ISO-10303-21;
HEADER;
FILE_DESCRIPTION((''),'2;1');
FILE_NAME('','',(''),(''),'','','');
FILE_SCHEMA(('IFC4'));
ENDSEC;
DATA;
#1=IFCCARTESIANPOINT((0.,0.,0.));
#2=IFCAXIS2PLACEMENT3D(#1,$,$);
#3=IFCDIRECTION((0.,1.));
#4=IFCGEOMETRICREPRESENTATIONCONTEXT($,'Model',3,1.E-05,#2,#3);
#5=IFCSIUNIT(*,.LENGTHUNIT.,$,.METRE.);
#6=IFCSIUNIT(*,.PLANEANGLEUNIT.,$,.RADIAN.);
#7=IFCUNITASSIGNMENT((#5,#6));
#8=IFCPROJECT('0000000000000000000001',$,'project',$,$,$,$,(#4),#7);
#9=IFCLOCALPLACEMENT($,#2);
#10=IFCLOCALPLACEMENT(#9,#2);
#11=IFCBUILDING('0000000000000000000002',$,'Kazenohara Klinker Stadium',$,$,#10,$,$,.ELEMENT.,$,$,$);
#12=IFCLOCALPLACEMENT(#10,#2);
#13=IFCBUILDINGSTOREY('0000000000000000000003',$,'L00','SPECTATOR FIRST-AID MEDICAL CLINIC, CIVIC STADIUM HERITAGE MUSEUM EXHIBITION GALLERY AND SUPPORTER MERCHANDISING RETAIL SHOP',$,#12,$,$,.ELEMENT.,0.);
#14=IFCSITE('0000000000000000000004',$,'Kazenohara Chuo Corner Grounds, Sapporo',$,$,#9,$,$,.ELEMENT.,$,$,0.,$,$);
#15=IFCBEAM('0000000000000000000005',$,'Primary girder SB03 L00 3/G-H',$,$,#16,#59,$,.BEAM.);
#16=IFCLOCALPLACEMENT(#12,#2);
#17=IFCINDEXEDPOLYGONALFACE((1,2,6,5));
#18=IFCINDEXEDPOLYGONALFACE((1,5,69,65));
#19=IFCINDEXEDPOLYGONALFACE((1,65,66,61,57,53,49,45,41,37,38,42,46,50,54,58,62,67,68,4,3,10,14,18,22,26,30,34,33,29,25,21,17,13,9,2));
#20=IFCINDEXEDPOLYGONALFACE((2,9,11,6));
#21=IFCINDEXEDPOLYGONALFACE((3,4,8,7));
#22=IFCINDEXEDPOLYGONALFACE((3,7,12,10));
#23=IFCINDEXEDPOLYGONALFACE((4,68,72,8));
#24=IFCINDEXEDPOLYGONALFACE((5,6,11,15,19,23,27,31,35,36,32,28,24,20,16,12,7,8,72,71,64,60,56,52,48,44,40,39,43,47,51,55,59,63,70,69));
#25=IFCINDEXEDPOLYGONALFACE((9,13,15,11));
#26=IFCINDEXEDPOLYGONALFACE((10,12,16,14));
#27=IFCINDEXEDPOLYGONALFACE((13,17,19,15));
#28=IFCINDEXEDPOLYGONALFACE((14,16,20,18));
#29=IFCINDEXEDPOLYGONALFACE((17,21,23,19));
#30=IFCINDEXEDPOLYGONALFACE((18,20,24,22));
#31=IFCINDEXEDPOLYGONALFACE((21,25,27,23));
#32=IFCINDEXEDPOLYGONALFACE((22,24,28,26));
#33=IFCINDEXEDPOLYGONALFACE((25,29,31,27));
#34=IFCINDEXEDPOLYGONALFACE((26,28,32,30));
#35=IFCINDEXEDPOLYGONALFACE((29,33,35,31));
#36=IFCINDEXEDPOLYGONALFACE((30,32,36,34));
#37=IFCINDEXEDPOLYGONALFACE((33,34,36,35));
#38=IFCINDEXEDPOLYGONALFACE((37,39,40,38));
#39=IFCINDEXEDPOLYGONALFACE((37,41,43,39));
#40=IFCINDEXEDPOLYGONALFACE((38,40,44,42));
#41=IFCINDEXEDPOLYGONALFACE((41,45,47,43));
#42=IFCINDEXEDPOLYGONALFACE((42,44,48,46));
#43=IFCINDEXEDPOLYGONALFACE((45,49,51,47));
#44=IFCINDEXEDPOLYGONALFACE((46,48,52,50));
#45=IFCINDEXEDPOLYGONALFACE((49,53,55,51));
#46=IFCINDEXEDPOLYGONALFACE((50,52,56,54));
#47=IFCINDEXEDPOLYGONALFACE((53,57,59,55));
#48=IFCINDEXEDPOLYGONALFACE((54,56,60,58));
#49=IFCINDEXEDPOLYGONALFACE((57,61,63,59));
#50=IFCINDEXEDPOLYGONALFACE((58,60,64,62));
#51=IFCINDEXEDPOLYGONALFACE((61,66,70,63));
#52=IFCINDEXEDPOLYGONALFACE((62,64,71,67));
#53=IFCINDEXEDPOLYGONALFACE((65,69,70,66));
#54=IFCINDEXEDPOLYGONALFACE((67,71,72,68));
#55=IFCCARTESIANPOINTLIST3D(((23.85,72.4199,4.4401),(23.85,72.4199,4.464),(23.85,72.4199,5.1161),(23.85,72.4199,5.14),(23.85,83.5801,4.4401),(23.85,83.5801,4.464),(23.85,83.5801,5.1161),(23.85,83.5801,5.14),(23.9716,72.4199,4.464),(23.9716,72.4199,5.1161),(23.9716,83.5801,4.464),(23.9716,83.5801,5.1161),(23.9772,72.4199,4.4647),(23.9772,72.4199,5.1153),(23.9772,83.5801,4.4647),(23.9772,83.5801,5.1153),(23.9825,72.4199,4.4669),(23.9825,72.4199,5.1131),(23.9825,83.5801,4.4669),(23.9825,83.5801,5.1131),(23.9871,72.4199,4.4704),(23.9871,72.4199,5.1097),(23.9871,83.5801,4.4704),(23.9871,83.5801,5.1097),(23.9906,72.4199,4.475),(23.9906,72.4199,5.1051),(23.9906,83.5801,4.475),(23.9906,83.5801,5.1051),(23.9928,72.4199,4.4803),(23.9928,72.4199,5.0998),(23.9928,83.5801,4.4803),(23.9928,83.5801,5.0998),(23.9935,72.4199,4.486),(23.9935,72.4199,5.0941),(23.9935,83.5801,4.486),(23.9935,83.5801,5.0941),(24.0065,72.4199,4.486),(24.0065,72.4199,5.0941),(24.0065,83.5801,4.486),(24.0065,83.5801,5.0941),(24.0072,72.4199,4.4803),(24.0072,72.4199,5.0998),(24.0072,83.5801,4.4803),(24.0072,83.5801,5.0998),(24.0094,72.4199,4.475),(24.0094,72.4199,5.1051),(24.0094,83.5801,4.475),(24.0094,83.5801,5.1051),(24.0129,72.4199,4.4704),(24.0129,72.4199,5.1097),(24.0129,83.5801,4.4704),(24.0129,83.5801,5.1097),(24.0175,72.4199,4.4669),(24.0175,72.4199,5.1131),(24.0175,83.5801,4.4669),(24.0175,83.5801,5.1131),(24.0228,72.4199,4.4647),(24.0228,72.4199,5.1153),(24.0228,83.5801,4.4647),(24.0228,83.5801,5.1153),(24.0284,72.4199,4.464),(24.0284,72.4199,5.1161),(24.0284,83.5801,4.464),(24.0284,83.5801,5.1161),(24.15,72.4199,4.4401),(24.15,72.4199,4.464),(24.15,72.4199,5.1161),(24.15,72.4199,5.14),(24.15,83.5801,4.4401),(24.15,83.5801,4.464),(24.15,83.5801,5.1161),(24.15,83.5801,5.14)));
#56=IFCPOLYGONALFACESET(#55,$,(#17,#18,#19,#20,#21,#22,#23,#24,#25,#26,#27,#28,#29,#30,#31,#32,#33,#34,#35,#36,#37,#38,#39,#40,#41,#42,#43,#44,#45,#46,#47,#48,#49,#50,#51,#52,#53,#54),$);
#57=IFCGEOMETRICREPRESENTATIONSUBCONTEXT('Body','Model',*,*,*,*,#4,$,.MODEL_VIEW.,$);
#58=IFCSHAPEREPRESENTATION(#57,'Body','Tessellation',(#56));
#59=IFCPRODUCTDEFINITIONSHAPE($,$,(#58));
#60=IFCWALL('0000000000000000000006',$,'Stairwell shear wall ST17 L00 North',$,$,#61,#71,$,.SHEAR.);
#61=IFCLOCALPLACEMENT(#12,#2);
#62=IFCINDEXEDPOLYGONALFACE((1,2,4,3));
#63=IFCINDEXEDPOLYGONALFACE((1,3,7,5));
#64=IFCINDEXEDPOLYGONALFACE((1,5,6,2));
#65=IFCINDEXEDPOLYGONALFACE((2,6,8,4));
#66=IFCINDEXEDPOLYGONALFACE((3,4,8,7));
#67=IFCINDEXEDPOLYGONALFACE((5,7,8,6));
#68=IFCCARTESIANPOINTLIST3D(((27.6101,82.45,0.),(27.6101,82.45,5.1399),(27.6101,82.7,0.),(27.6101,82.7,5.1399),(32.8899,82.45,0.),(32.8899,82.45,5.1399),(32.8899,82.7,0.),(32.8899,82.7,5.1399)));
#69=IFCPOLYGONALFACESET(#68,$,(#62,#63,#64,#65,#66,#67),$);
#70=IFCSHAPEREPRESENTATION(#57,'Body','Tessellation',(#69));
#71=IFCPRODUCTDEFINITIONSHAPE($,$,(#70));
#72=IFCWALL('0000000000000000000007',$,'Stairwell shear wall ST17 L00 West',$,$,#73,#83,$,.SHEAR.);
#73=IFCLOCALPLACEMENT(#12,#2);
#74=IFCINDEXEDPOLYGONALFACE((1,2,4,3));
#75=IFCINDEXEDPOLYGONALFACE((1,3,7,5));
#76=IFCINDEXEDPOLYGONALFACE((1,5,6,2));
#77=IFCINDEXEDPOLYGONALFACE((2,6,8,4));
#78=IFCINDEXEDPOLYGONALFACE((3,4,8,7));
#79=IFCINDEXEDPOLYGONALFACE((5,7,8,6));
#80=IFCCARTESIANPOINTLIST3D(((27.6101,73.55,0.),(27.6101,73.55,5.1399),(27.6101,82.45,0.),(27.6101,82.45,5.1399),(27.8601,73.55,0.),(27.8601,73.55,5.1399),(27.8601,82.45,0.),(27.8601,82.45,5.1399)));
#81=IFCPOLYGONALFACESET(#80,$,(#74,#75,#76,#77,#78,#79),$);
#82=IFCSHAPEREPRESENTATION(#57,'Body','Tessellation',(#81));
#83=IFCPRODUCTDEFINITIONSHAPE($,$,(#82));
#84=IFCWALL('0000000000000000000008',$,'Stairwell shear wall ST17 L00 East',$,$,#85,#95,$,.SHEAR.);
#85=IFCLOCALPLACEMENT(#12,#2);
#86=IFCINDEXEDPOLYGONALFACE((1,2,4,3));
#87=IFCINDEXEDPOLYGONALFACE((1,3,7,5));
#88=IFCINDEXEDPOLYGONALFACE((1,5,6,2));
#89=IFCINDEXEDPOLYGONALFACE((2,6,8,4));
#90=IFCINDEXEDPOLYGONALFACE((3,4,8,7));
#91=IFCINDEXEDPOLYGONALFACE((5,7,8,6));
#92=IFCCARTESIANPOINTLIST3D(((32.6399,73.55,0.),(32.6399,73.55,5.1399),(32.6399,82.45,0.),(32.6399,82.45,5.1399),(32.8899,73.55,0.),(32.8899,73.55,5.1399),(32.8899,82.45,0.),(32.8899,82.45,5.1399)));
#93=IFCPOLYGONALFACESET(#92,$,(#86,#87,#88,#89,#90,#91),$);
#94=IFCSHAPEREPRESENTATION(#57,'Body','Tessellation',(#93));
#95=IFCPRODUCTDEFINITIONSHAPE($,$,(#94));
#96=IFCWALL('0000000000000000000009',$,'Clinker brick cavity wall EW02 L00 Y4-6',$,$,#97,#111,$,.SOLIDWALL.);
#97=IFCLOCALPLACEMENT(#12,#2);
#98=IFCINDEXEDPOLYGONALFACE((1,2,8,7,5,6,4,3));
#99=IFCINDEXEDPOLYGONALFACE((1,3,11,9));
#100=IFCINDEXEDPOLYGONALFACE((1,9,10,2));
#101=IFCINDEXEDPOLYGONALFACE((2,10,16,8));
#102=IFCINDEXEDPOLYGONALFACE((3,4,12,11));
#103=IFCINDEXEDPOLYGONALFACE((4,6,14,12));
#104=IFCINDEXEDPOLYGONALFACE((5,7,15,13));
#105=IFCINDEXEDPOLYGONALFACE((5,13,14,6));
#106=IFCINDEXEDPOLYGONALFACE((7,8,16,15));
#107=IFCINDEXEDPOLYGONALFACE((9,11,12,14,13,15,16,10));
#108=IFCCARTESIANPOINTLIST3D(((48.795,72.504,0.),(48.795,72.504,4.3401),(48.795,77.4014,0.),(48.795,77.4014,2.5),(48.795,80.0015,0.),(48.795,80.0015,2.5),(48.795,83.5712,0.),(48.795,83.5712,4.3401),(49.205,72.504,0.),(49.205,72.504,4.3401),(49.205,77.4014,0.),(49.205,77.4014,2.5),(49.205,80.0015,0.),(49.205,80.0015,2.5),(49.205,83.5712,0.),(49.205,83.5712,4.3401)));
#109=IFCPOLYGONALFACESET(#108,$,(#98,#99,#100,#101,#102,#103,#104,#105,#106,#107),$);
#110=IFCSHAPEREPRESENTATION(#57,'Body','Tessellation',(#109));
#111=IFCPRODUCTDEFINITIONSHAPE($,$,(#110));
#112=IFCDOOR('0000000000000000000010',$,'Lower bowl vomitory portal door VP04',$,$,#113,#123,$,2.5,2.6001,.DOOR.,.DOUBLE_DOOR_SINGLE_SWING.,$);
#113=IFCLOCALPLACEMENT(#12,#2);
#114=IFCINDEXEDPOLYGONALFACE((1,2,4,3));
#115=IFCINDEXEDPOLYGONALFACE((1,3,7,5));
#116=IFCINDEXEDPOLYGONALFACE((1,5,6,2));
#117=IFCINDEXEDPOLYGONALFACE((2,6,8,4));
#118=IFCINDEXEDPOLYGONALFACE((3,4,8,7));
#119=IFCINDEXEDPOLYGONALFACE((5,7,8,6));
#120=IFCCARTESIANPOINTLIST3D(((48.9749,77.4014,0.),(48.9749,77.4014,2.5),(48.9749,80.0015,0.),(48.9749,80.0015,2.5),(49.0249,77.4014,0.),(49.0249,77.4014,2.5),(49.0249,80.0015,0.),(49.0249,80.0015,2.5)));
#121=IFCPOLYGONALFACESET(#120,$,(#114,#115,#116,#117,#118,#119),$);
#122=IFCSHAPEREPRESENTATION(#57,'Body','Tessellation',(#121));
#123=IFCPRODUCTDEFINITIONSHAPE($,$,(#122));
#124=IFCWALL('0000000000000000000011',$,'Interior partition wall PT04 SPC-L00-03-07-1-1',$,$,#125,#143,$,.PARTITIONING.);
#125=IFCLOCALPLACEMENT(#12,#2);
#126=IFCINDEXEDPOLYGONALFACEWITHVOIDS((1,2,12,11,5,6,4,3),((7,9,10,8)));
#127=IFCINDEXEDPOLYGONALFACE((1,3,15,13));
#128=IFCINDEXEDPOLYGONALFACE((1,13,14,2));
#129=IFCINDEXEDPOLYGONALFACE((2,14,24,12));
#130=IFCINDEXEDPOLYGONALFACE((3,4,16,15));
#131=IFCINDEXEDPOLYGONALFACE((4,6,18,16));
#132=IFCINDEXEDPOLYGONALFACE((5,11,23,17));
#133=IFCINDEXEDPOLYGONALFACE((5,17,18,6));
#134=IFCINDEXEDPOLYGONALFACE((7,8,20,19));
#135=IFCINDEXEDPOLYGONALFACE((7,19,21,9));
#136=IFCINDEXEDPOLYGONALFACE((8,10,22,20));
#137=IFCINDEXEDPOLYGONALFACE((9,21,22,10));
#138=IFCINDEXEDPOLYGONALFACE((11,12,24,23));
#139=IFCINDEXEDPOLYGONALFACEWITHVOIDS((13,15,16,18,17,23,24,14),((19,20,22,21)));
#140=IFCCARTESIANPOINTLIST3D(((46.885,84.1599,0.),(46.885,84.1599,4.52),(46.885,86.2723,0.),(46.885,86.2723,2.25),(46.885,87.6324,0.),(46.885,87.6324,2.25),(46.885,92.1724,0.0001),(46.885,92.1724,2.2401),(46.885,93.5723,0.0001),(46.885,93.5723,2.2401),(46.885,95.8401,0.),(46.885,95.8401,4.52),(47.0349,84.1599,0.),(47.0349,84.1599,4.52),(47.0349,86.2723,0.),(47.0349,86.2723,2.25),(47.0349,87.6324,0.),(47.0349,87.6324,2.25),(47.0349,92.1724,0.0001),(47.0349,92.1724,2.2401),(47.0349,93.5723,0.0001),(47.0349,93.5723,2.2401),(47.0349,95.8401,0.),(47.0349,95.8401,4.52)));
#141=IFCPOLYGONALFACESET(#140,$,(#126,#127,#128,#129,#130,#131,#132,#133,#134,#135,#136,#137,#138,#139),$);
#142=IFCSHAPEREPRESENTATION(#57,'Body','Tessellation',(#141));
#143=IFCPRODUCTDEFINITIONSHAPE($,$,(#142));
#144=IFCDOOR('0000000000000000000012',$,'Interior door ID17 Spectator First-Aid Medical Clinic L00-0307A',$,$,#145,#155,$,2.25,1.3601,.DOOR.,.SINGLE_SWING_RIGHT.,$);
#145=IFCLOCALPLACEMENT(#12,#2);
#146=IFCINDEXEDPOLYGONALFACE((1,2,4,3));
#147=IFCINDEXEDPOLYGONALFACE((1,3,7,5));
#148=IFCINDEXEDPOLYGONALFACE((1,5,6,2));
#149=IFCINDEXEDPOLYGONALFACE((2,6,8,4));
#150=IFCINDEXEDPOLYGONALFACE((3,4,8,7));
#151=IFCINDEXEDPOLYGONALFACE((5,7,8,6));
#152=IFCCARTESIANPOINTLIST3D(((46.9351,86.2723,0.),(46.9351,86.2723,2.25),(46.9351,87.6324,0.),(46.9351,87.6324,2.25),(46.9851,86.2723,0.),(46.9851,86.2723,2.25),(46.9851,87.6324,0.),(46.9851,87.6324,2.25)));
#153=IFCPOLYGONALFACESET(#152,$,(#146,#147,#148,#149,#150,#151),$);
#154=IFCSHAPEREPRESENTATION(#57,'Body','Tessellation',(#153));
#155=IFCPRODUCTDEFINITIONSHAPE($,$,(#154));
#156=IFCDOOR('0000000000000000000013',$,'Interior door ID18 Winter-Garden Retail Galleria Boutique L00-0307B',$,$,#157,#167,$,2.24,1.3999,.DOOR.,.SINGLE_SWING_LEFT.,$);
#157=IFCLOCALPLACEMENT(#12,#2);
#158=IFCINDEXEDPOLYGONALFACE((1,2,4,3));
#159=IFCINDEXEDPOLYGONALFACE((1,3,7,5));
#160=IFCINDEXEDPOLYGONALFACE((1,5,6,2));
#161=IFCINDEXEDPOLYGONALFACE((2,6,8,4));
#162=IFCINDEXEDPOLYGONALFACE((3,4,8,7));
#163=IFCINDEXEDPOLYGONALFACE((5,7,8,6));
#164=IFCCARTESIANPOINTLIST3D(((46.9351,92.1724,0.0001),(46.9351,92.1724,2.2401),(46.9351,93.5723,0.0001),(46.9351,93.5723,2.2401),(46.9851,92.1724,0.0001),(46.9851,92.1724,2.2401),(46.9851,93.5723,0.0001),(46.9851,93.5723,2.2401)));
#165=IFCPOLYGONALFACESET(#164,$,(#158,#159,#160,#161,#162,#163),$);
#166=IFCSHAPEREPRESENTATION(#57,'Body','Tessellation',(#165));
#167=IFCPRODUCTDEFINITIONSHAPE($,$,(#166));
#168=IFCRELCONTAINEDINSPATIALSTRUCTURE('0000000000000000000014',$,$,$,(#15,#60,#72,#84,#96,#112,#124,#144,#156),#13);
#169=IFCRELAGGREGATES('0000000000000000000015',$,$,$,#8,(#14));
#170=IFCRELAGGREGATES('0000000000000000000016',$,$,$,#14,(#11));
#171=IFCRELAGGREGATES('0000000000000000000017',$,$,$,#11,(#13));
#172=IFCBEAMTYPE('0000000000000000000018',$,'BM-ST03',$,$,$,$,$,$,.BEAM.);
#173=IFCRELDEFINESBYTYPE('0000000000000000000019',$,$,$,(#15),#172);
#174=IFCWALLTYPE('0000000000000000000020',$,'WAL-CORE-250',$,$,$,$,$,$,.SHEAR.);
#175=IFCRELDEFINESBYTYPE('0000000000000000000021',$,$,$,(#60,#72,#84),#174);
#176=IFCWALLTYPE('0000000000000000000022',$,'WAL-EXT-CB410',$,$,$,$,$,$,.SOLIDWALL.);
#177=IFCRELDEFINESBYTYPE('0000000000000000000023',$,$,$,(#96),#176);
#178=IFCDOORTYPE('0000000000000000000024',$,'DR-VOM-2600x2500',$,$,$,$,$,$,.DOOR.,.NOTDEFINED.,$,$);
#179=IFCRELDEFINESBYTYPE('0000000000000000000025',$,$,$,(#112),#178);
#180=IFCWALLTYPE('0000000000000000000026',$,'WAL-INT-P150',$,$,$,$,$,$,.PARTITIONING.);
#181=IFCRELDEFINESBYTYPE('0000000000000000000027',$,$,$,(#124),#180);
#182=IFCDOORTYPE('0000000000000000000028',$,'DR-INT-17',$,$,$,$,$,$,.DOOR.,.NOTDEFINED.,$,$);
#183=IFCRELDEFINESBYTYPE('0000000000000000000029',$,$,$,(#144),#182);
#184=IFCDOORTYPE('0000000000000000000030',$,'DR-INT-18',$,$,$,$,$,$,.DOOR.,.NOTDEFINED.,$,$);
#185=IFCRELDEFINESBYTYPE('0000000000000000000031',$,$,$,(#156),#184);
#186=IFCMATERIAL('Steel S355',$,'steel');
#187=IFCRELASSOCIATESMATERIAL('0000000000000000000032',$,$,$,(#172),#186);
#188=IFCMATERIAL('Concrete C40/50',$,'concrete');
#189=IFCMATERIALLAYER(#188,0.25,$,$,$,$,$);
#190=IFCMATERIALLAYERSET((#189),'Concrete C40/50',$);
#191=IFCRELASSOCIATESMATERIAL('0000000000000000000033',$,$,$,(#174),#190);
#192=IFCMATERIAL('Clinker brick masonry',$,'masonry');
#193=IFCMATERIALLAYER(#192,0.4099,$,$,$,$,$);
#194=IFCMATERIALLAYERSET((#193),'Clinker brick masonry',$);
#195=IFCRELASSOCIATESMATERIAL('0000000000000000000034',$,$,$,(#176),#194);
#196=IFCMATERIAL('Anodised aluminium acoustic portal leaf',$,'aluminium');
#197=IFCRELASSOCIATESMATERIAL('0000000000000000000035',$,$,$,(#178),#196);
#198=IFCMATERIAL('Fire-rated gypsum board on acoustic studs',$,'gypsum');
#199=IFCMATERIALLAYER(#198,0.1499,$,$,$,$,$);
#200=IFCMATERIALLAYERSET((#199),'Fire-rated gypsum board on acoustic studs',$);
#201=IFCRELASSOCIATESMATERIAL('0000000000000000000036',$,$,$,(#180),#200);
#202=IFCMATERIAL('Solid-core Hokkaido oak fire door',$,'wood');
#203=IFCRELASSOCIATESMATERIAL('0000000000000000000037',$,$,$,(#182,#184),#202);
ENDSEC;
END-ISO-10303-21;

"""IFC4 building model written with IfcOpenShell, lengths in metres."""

from ifc_helpers import new_model, si_unit, direction, frame, frame_2d, origin, origin_2d, place, context, subcontext, project, spatial, rectangle, i_section, extrude, material, layer, layer_set, material_profile, profile_set, type_object, element, fill, save


model = new_model("IFC4")

# Units and contexts
model_context = context("Model", 3, precision=1e-05, world=origin(), true_north=direction((0.0, 1.0)))
body_context = subcontext(model_context, "Body", "Model", "MODEL_VIEW")
ifc_project = project(units=[si_unit("LENGTHUNIT", "METRE"), si_unit("PLANEANGLEUNIT", "RADIAN")], contexts=[model_context])

# Site, building, storey
site_placement = place(None, origin())
site = spatial("IfcSite", under=ifc_project, at=site_placement, Name="Kazenohara Chuo Corner Grounds, Sapporo", CompositionType="ELEMENT", RefElevation=0.0)
building_placement = place(site_placement, origin())
building = spatial("IfcBuilding", under=site, at=building_placement, Name="Kazenohara Klinker Stadium", CompositionType="ELEMENT")
storey_placement = place(building_placement, origin())
storey = spatial("IfcBuildingStorey", under=building, at=storey_placement, Name="L00", Description="SPECTATOR FIRST-AID MEDICAL CLINIC, CIVIC STADIUM HERITAGE MUSEUM EXHIBITION GALLERY AND SUPPORTER MERCHANDISING RETAIL SHOP", CompositionType="ELEMENT", Elevation=0.0)

# Shared definitions
ifc_material_1 = material(Name="Concrete C40/50", Category="concrete")

# Beam
ifc_material_2 = material(Name="Steel S355", Category="steel")
ifc_material_profile_1 = material_profile(ifc_material_2, i_section(OverallWidth=0.3, OverallDepth=0.7, WebThickness=0.0129, FlangeThickness=0.0239, FilletRadius=0.022, at=origin_2d()), Name="H-700x300x13x24")
ifc_profile_set_1 = profile_set([ifc_material_profile_1], Name="Steel S355")
beam_type_1 = type_object("IfcBeamType", Name="BM-ST03", PredefinedType="BEAM", material=ifc_profile_set_1)
beam_1_placement = place(storey_placement, frame((24.0, 72.4199, 4.79), z_axis=(0.0, 1.0, 0.0), x_axis=(-1.0, 0.0, 0.0)))
element("IfcBeam", 1, at=beam_1_placement, inside=storey, type_object=beam_type_1, Name="Primary girder SB03 L00 3/G-H", PredefinedType="BEAM", context=body_context, shape_type="SweptSolid", body=[
    extrude(i_section(OverallWidth=0.3, OverallDepth=0.7, WebThickness=0.0129, FlangeThickness=0.0239, FilletRadius=0.022, at=origin_2d()), origin(), (0.0, 0.0, 1.0), 11.1602),
])

# Shared definitions
ifc_layer_1 = layer(ifc_material_1, 0.25)
ifc_layer_set_1 = layer_set([ifc_layer_1], Name="Concrete C40/50")
wall_type_1 = type_object("IfcWallType", Name="WAL-CORE-250", PredefinedType="SHEAR", material=ifc_layer_set_1)

# Walls
wall_1_placement = place(storey_placement, frame((27.6101, 82.575, 0.0), z_axis=(0.0, 0.0, 1.0), x_axis=(1.0, 0.0, 0.0)))
element("IfcWall", 2, at=wall_1_placement, inside=storey, type_object=wall_type_1, Name="Stairwell shear wall ST17 L00 North", PredefinedType="SHEAR", context=body_context, shape_type="SweptSolid", body=[
    extrude(rectangle(XDim=5.2798, YDim=0.25, at=frame_2d((2.6399, 0.0))), origin(), (0.0, 0.0, 1.0), 5.1399),
])
for number, where, z_axis, x_axis, name in (
    (3, (27.7351, 73.55, 0.0), (0.0, 0.0, 1.0), (0.0, 1.0, 0.0), "Stairwell shear wall ST17 L00 West"),
    (4, (32.7649, 73.55, 0.0), (0.0, 0.0, 1.0), (0.0, 1.0, 0.0), "Stairwell shear wall ST17 L00 East"),
):
    element("IfcWall", number, at=place(storey_placement, frame(where, z_axis=z_axis, x_axis=x_axis)), inside=storey, type_object=wall_type_1, Name=name, PredefinedType="SHEAR", context=body_context, shape_type="SweptSolid", body=[
        extrude(rectangle(XDim=8.8999, YDim=0.25, at=frame_2d((4.45, 0.0))), origin(), (0.0, 0.0, 1.0), 5.1399),
    ])

# Wall, opening, door
ifc_material_3 = material(Name="Clinker brick masonry", Category="masonry")
ifc_layer_2 = layer(ifc_material_3, 0.4099)
ifc_layer_set_2 = layer_set([ifc_layer_2], Name="Clinker brick masonry")
wall_type_2 = type_object("IfcWallType", Name="WAL-EXT-CB410", PredefinedType="SOLIDWALL", material=ifc_layer_set_2)
wall_2_placement = place(storey_placement, frame((49.0, 72.5039, 0.0), z_axis=(0.0, 0.0, 1.0), x_axis=(0.0, 1.0, 0.0)))
wall_2 = element("IfcWall", 5, at=wall_2_placement, inside=storey, type_object=wall_type_2, Name="Clinker brick cavity wall EW02 L00 Y4-6", PredefinedType="SOLIDWALL", context=body_context, shape_type="SweptSolid", body=[
    extrude(rectangle(XDim=11.0671, YDim=0.4099, at=frame_2d((5.5337, 0.0))), origin(), (0.0, 0.0, 1.0), 4.3401),
])
opening_1_placement = place(wall_2_placement, frame((7.4976, 0.0, 0.0), z_axis=(0.0, 0.0, 1.0), x_axis=(-1.0, 0.0, 0.0)))
opening_1 = element("IfcOpeningElement", 6, at=opening_1_placement, cuts=wall_2, PredefinedType="OPENING", context=body_context, shape_type="SweptSolid", body=[
    extrude(rectangle(XDim=2.6001, YDim=2.5, at=frame_2d((1.3, 1.25))), frame((0.0, 0.2148, 0.0), z_axis=(0.0, -1.0, 0.0), x_axis=(1.0, 0.0, 0.0)), (0.0, 0.0, 1.0), 0.4299),
])
ifc_material_4 = material(Name="Anodised aluminium acoustic portal leaf", Category="aluminium")
door_type_1 = type_object("IfcDoorType", Name="DR-VOM-2600x2500", OperationType="NOTDEFINED", PredefinedType="DOOR", material=ifc_material_4)
door_1_placement = place(opening_1_placement, origin())
door_1 = element("IfcDoor", 7, at=door_1_placement, inside=storey, type_object=door_type_1, Name="Lower bowl vomitory portal door VP04", OperationType="DOUBLE_DOOR_SINGLE_SWING", OverallHeight=2.5, OverallWidth=2.6001, PredefinedType="DOOR", context=body_context, shape_type="SweptSolid", body=[
    extrude(rectangle(XDim=2.6001, YDim=2.5, at=frame_2d((1.3, 1.25))), frame((0.0, 0.0249, 0.0), z_axis=(0.0, -1.0, 0.0), x_axis=(1.0, 0.0, 0.0)), (0.0, 0.0, 1.0), 0.05),
])
fill(opening_1, door_1)

# Wall, openings, doors
ifc_material_5 = material(Name="Fire-rated gypsum board on acoustic studs", Category="gypsum")
ifc_layer_3 = layer(ifc_material_5, 0.1499)
ifc_layer_set_3 = layer_set([ifc_layer_3], Name="Fire-rated gypsum board on acoustic studs")
wall_type_3 = type_object("IfcWallType", Name="WAL-INT-P150", PredefinedType="PARTITIONING", material=ifc_layer_set_3)
wall_3_placement = place(storey_placement, frame((46.96, 84.1599, 0.0), z_axis=(0.0, 0.0, 1.0), x_axis=(0.0, 1.0, 0.0)))
wall_3 = element("IfcWall", 8, at=wall_3_placement, inside=storey, type_object=wall_type_3, Name="Interior partition wall PT04 SPC-L00-03-07-1-1", PredefinedType="PARTITIONING", context=body_context, shape_type="SweptSolid", body=[
    extrude(rectangle(XDim=11.6802, YDim=0.1499, at=frame_2d((5.8401, 0.0))), origin(), (0.0, 0.0, 1.0), 4.52),
])
opening_2_placement = place(wall_3_placement, frame((2.1123, 0.0, 0.0)))
opening_2 = element("IfcOpeningElement", 9, at=opening_2_placement, cuts=wall_3, PredefinedType="OPENING", context=body_context, shape_type="SweptSolid", body=[
    extrude(rectangle(XDim=1.3601, YDim=2.25, at=frame_2d((0.6802, 1.125))), frame((0.0, 0.085, 0.0), z_axis=(0.0, -1.0, 0.0), x_axis=(1.0, 0.0, 0.0)), (0.0, 0.0, 1.0), 0.1699),
])
opening_3_placement = place(wall_3_placement, frame((8.0125, 0.0, 0.0)))
opening_3 = element("IfcOpeningElement", 10, at=opening_3_placement, cuts=wall_3, PredefinedType="OPENING", context=body_context, shape_type="SweptSolid", body=[
    extrude(rectangle(XDim=1.3999, YDim=2.24, at=frame_2d((0.7, 1.1201))), frame((0.0, 0.085, 0.0), z_axis=(0.0, -1.0, 0.0), x_axis=(1.0, 0.0, 0.0)), (0.0, 0.0, 1.0), 0.1699),
])
ifc_material_6 = material(Name="Solid-core Hokkaido oak fire door", Category="wood")
door_type_2 = type_object("IfcDoorType", Name="DR-INT-17", OperationType="NOTDEFINED", PredefinedType="DOOR", material=ifc_material_6)
door_2_placement = place(opening_2_placement, origin())
door_2 = element("IfcDoor", 11, at=door_2_placement, inside=storey, type_object=door_type_2, Name="Interior door ID17 Spectator First-Aid Medical Clinic L00-0307A", OperationType="SINGLE_SWING_RIGHT", OverallHeight=2.25, OverallWidth=1.3601, PredefinedType="DOOR", context=body_context, shape_type="SweptSolid", body=[
    extrude(rectangle(XDim=1.3601, YDim=2.25, at=frame_2d((0.6802, 1.125))), frame((0.0, 0.0249, 0.0), z_axis=(0.0, -1.0, 0.0), x_axis=(1.0, 0.0, 0.0)), (0.0, 0.0, 1.0), 0.05),
])
fill(opening_2, door_2)
door_type_3 = type_object("IfcDoorType", Name="DR-INT-18", OperationType="NOTDEFINED", PredefinedType="DOOR", material=ifc_material_6)
door_3_placement = place(opening_3_placement, origin())
door_3 = element("IfcDoor", 12, at=door_3_placement, inside=storey, type_object=door_type_3, Name="Interior door ID18 Winter-Garden Retail Galleria Boutique L00-0307B", OperationType="SINGLE_SWING_LEFT", OverallHeight=2.24, OverallWidth=1.3999, PredefinedType="DOOR", context=body_context, shape_type="SweptSolid", body=[
    extrude(rectangle(XDim=1.3999, YDim=2.24, at=frame_2d((0.7, 1.1201))), frame((0.0, 0.0249, 0.0), z_axis=(0.0, -1.0, 0.0), x_axis=(1.0, 0.0, 0.0)), (0.0, 0.0, 1.0), 0.05),
])
fill(opening_3, door_3)

save(model, "model.ifc")
